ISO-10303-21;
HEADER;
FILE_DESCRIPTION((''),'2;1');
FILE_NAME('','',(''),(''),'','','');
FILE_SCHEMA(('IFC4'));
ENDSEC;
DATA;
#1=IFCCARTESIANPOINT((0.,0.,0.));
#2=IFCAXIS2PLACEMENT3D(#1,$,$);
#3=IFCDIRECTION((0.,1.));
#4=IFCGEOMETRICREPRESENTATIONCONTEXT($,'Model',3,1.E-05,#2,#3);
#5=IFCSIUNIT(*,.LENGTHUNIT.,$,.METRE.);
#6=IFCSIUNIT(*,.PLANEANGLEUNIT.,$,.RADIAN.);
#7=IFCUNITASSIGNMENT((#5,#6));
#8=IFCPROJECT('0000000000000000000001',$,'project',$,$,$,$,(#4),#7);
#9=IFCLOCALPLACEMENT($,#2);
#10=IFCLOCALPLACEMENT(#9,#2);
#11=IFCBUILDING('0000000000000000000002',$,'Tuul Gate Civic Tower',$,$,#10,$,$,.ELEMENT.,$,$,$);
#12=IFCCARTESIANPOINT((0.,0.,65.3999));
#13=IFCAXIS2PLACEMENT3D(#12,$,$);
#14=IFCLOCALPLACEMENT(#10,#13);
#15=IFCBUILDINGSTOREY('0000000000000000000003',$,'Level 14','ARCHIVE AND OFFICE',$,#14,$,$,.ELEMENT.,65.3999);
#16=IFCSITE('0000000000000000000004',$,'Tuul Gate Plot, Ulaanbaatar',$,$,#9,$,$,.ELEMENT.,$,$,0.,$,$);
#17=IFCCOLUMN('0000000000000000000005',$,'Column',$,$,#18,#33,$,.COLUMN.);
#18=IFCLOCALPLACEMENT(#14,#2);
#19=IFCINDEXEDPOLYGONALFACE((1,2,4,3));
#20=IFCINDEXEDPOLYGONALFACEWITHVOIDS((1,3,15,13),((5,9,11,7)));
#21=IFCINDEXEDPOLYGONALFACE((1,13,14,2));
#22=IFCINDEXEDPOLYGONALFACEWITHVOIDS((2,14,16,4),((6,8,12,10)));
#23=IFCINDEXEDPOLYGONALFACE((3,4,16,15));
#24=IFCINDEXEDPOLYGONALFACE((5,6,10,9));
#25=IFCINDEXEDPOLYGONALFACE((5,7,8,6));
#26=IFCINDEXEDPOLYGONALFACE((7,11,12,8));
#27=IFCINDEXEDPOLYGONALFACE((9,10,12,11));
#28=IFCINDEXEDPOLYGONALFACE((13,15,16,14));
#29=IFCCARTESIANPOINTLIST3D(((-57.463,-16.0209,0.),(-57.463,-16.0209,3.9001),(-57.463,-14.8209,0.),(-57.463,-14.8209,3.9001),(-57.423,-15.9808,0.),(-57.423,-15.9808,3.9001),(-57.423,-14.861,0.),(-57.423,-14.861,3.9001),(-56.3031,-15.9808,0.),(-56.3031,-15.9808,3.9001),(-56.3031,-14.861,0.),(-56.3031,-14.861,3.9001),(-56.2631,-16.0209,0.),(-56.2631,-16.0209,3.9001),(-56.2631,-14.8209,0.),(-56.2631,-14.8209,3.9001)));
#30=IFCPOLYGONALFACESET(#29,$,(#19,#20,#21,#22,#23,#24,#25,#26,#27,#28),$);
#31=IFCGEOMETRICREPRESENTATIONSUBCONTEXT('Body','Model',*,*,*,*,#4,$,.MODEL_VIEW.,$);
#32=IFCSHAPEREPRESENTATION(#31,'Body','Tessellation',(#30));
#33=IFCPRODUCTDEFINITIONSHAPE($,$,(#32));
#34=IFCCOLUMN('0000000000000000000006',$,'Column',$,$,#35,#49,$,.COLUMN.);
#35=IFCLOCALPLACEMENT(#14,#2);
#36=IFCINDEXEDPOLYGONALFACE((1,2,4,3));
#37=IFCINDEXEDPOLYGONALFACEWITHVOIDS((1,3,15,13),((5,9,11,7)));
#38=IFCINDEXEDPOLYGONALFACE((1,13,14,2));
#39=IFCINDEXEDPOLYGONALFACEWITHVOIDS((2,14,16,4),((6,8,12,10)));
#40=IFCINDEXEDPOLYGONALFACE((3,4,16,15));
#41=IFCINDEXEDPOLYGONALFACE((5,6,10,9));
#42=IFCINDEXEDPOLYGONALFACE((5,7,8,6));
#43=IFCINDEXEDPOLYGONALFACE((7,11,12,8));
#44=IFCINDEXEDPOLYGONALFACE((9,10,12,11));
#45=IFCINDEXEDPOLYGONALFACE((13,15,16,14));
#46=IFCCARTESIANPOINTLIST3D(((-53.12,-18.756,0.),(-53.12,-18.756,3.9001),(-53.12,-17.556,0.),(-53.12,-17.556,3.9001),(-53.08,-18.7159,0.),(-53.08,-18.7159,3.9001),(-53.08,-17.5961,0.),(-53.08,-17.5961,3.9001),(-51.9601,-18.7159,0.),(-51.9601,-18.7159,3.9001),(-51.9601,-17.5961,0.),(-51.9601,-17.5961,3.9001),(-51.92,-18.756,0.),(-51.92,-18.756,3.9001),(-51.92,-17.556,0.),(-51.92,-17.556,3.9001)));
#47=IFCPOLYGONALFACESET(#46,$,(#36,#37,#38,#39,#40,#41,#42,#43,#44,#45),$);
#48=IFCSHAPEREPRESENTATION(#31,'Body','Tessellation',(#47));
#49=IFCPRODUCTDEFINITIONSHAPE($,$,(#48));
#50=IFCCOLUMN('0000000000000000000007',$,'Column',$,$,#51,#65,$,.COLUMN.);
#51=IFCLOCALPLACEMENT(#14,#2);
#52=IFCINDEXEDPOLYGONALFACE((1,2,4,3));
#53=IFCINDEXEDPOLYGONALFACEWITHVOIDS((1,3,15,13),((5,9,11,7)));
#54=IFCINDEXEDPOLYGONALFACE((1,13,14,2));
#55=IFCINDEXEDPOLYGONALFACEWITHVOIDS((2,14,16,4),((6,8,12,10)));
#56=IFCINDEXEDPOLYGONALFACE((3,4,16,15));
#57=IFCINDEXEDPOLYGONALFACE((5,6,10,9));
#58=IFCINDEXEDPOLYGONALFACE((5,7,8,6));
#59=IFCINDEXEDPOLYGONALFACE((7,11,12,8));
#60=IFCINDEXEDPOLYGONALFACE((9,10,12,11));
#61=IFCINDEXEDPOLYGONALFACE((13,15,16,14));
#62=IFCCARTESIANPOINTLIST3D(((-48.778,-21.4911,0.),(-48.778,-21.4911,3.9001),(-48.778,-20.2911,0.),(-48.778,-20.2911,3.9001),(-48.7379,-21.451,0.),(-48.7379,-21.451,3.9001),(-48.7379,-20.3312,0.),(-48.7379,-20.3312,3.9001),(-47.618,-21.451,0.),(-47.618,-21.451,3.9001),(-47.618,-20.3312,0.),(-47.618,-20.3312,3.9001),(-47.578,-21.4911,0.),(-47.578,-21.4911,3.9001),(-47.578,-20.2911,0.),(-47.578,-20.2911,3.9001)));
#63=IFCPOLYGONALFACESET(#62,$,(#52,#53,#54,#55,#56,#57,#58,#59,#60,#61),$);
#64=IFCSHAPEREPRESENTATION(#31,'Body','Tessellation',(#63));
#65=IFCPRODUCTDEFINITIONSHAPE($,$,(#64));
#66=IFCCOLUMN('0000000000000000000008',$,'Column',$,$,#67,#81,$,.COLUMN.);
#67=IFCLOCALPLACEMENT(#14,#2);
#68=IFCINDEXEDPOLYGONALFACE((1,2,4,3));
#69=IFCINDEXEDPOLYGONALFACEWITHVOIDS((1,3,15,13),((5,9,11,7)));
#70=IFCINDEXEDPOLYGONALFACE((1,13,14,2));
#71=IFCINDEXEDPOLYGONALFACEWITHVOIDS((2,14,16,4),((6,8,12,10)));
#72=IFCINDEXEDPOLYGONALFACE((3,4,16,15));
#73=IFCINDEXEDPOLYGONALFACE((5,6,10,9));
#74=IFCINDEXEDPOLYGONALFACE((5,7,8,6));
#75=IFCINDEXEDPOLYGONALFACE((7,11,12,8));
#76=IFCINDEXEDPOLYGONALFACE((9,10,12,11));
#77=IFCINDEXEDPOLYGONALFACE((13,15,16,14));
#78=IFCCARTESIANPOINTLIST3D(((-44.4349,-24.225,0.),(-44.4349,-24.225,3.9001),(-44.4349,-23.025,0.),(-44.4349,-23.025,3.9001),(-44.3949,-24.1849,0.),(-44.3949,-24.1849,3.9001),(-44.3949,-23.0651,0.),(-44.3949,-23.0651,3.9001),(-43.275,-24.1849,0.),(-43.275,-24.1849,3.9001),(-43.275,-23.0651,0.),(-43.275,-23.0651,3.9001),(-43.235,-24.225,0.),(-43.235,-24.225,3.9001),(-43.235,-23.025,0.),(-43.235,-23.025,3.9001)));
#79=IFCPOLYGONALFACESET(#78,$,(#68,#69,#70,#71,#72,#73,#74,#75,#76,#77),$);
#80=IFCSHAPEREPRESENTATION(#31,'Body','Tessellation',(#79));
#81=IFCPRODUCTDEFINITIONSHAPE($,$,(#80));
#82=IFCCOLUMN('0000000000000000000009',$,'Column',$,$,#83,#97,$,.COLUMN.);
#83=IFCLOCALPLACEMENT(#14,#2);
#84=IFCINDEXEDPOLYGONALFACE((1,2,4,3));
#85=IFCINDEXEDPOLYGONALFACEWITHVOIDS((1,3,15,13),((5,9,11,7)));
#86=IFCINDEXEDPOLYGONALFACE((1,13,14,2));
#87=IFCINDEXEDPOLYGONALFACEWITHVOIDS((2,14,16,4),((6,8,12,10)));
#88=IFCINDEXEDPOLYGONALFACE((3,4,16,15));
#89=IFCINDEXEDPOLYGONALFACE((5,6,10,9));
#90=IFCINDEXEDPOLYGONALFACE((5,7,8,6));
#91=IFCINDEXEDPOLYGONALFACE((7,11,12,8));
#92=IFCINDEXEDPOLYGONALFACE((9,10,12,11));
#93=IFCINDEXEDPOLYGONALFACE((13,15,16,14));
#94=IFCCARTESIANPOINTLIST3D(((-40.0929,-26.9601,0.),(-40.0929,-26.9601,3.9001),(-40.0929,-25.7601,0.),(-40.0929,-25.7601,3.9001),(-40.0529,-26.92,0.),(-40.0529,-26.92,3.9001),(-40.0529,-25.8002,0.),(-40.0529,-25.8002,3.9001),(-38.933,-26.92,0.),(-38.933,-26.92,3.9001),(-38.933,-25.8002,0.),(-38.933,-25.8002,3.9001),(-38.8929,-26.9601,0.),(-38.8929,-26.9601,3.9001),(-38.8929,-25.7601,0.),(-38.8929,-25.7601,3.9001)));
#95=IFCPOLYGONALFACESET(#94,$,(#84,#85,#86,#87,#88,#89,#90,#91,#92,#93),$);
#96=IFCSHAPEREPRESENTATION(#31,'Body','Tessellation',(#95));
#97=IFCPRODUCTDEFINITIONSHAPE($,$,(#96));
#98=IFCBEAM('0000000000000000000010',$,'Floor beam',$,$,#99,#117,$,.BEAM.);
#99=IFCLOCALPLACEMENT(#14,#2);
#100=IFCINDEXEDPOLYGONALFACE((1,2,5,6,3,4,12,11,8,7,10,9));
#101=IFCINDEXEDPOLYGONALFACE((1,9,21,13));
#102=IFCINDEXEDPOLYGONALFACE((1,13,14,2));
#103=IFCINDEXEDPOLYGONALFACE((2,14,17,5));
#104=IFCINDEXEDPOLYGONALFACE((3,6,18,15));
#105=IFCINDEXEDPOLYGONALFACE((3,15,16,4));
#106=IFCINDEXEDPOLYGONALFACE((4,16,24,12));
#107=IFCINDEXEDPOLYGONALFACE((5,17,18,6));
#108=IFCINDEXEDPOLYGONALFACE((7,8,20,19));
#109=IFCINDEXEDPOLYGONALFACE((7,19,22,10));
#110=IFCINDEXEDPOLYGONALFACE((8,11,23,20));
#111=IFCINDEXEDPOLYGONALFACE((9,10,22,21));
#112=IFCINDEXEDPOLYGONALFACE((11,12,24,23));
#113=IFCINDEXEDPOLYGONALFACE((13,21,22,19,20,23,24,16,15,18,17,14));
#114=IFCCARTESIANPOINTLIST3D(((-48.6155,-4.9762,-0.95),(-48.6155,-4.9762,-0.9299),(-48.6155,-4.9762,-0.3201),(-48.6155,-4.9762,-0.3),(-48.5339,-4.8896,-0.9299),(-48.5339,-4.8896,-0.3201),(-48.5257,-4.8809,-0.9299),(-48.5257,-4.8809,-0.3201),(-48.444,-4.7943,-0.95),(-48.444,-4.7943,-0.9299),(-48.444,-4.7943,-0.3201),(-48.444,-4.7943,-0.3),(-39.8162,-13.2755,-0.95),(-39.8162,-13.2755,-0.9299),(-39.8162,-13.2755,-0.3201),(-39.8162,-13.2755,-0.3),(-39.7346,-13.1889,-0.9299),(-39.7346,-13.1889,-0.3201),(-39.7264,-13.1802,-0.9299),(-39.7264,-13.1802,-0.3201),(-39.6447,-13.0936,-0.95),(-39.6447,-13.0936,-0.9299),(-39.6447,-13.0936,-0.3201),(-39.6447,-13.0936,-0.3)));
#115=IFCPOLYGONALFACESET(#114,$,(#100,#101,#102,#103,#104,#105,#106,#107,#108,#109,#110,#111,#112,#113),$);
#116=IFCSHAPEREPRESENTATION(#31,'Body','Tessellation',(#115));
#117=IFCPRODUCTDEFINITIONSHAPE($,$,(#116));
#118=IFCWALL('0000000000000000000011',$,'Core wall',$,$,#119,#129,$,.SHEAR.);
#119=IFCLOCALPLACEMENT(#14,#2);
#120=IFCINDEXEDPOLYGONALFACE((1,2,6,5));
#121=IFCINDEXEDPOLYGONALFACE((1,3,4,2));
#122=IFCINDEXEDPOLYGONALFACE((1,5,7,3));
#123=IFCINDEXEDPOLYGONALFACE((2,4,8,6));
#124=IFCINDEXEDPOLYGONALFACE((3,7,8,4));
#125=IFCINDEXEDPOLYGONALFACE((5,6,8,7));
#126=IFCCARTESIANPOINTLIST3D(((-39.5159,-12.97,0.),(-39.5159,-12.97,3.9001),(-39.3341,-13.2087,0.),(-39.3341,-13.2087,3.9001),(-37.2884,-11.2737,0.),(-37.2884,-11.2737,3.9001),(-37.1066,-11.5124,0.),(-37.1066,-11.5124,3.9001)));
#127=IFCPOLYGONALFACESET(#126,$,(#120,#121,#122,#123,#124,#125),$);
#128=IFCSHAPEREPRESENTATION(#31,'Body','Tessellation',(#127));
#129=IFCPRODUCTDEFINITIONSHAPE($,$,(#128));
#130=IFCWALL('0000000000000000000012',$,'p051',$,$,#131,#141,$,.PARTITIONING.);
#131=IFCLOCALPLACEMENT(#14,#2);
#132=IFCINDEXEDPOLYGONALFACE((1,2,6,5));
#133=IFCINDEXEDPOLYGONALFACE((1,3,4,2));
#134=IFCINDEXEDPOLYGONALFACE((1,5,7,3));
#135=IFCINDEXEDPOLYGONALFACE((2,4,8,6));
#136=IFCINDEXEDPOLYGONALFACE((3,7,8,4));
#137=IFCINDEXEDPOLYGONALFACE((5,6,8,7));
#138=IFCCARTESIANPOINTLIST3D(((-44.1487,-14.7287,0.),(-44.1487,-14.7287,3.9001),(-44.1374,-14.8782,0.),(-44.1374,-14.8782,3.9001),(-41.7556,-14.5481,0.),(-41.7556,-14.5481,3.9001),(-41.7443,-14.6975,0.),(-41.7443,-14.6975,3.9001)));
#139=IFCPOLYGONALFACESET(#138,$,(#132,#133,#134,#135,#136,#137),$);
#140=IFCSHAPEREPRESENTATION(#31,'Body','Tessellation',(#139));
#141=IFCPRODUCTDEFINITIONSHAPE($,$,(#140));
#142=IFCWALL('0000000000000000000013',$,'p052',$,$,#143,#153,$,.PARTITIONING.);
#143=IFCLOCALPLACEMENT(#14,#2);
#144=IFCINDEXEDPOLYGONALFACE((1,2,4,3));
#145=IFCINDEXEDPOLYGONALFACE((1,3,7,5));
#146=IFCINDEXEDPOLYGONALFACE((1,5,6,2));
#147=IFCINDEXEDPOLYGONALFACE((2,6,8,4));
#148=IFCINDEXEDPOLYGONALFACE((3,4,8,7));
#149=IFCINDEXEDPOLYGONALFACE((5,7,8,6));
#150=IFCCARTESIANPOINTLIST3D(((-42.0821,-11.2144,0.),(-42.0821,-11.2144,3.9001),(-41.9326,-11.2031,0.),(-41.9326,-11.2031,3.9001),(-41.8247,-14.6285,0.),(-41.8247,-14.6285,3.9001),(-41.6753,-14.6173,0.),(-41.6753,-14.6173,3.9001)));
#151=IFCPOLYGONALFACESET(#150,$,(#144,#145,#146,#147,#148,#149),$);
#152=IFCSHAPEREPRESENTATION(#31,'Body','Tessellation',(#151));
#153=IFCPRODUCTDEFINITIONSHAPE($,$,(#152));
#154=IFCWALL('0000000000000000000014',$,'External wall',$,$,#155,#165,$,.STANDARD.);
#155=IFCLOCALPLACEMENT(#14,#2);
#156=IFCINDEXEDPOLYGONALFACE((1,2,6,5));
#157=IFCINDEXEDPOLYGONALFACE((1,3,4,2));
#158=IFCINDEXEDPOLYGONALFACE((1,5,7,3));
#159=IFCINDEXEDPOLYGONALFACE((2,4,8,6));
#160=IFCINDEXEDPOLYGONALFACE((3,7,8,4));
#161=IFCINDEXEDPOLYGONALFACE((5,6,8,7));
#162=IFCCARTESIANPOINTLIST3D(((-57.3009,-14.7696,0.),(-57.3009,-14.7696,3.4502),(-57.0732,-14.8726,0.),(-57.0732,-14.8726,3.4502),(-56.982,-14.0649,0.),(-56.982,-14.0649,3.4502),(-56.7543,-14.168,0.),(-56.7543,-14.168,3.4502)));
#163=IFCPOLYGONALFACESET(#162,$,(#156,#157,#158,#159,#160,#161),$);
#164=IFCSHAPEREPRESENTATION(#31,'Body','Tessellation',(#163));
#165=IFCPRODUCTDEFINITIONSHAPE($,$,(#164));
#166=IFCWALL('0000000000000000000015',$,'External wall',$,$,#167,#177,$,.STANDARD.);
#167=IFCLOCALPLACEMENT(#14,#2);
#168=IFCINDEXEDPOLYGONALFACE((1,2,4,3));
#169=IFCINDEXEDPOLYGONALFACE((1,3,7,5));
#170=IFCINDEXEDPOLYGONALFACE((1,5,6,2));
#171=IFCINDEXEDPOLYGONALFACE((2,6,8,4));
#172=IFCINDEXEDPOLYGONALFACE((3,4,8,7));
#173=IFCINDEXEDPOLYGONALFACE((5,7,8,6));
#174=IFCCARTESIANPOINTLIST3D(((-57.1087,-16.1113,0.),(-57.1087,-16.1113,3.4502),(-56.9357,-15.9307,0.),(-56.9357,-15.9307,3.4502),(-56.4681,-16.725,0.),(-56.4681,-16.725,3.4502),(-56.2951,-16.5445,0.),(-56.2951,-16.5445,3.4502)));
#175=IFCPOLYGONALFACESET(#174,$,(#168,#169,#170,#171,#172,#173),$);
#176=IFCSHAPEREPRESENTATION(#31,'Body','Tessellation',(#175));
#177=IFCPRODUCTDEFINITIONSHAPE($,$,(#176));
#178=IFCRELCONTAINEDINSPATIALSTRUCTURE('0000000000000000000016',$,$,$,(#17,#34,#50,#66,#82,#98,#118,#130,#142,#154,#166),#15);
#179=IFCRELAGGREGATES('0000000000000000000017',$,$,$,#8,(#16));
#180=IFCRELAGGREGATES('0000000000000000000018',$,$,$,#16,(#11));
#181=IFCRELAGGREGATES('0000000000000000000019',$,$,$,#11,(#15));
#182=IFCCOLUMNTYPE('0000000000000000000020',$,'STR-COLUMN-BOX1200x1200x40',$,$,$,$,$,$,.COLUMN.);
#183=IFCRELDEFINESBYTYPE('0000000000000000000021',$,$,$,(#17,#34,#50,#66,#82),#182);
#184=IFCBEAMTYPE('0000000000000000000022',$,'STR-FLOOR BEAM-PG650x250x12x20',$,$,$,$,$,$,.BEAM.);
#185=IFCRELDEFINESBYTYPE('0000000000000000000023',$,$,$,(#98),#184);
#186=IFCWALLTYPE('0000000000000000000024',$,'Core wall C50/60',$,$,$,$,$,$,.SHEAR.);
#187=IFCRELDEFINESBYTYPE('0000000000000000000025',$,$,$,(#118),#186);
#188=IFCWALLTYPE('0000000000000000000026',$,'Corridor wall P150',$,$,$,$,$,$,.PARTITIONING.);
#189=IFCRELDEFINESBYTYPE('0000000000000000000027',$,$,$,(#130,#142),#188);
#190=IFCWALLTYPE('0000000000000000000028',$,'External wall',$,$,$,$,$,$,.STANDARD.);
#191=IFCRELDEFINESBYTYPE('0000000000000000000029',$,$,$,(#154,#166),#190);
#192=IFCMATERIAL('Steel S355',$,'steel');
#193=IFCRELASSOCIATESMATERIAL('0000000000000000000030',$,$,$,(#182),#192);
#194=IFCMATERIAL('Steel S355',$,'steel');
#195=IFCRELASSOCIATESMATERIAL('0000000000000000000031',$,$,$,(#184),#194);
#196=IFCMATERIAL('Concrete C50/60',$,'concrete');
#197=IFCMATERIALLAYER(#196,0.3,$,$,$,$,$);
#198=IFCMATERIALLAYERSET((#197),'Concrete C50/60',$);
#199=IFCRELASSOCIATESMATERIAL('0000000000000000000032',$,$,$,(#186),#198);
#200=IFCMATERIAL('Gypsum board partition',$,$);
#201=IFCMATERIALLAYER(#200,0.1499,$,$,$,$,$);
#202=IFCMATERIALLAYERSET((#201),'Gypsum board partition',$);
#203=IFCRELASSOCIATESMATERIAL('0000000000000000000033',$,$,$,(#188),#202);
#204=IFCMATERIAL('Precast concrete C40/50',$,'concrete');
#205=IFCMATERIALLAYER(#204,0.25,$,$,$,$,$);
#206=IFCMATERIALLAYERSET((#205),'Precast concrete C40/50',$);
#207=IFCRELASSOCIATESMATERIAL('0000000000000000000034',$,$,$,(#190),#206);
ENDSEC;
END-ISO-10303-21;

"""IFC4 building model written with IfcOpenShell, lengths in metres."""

from ifc_helpers import new_model, si_unit, direction, frame, frame_2d, origin, origin_2d, place, context, subcontext, project, spatial, rectangle, hollow_rectangle, i_section, extrude, material, layer, layer_set, material_profile, profile_set, type_object, element, save


model = new_model("IFC4")

# Units and contexts
model_context = context("Model", 3, precision=1e-05, world=origin(), true_north=direction((0.0, 1.0)))
body_context = subcontext(model_context, "Body", "Model", "MODEL_VIEW")
ifc_project = project(units=[si_unit("LENGTHUNIT", "METRE"), si_unit("PLANEANGLEUNIT", "RADIAN")], contexts=[model_context])

# Site, building, storey
site_placement = place(None, origin())
site = spatial("IfcSite", under=ifc_project, at=site_placement, Name="Tuul Gate Plot, Ulaanbaatar", CompositionType="ELEMENT", RefElevation=0.0)
building_placement = place(site_placement, origin())
building = spatial("IfcBuilding", under=site, at=building_placement, Name="Tuul Gate Civic Tower", CompositionType="ELEMENT")
storey_placement = place(building_placement, frame((0.0, 0.0, 65.3999)))
storey = spatial("IfcBuildingStorey", under=building, at=storey_placement, Name="Level 14", Description="ARCHIVE AND OFFICE", CompositionType="ELEMENT", Elevation=65.3999)

# Columns
ifc_material_1 = material(Name="Steel S355", Category="steel")
ifc_material_profile_1 = material_profile(ifc_material_1, hollow_rectangle(XDim=1.2, YDim=1.2, WallThickness=0.04, at=origin_2d()), Name="BOX1200x1200x40")
ifc_profile_set_1 = profile_set([ifc_material_profile_1], Name="Steel S355")
column_type = type_object("IfcColumnType", Name="STR-COLUMN-BOX1200x1200x40", PredefinedType="COLUMN", material=ifc_profile_set_1)
for number, where, z_axis, x_axis, name in (
    (1, (-56.863, -15.4209, 0.0), (0.0, 0.0, 1.0), (1.0, 0.0, 0.0), "Column"),
    (2, (-52.52, -18.156, 0.0), (0.0, 0.0, 1.0), (1.0, 0.0, 0.0), "Column"),
    (3, (-48.178, -20.8911, 0.0), (0.0, 0.0, 1.0), (1.0, 0.0, 0.0), "Column"),
    (4, (-43.835, -23.625, 0.0), (0.0, 0.0, 1.0), (1.0, 0.0, 0.0), "Column"),
    (5, (-39.4929, -26.3601, 0.0), (0.0, 0.0, 1.0), (1.0, 0.0, 0.0), "Column"),
):
    element("IfcColumn", number, at=place(storey_placement, frame(where, z_axis=z_axis, x_axis=x_axis)), inside=storey, type_object=column_type, Name=name, PredefinedType="COLUMN", context=body_context, shape_type="SweptSolid", body=[
        extrude(hollow_rectangle(XDim=1.2, YDim=1.2, WallThickness=0.04, at=origin_2d()), origin(), (0.0, 0.0, 1.0), 3.9001),
    ])

# Beam
ifc_material_2 = material(Name="Steel S355", Category="steel")
ifc_material_profile_2 = material_profile(ifc_material_2, i_section(OverallWidth=0.25, OverallDepth=0.6499, WebThickness=0.012, FlangeThickness=0.02, at=origin_2d()), Name="PG650x250x12x20")
ifc_profile_set_2 = profile_set([ifc_material_profile_2], Name="Steel S355")
beam_type = type_object("IfcBeamType", Name="STR-FLOOR BEAM-PG650x250x12x20", PredefinedType="BEAM", material=ifc_profile_set_2)
beam_placement = place(storey_placement, frame((-39.7305, -13.1846, -0.625), z_axis=(-0.727473, 0.686136, 0.0), x_axis=(-0.686136, -0.727473, 0.0)))
element("IfcBeam", 6, at=beam_placement, inside=storey, type_object=beam_type, Name="Floor beam", PredefinedType="BEAM", context=body_context, shape_type="SweptSolid", body=[
    extrude(i_section(OverallWidth=0.25, OverallDepth=0.6499, WebThickness=0.012, FlangeThickness=0.02, at=origin_2d()), origin(), (0.0, 0.0, 1.0), 12.0957),
])

# Walls
ifc_material_3 = material(Name="Concrete C50/60", Category="concrete")
ifc_layer_1 = layer(ifc_material_3, 0.3)
ifc_layer_set_1 = layer_set([ifc_layer_1], Name="Concrete C50/60")
wall_type_1 = type_object("IfcWallType", Name="Core wall C50/60", PredefinedType="SHEAR", material=ifc_layer_set_1)
wall_1_placement = place(storey_placement, frame((-37.1975, -11.3931, 0.0), z_axis=(0.0, 0.0, 1.0), x_axis=(-0.795584, -0.605844, 0.0)))
element("IfcWall", 7, at=wall_1_placement, inside=storey, type_object=wall_type_1, Name="Core wall", PredefinedType="SHEAR", context=body_context, shape_type="SweptSolid", body=[
    extrude(rectangle(XDim=2.7998, YDim=0.3, at=frame_2d((1.3999, 0.0))), origin(), (0.0, 0.0, 1.0), 3.9001),
])
ifc_material_4 = material(Name="Gypsum board partition")
ifc_layer_2 = layer(ifc_material_4, 0.1499)
ifc_layer_set_2 = layer_set([ifc_layer_2], Name="Gypsum board partition")
wall_type_2 = type_object("IfcWallType", Name="Corridor wall P150", PredefinedType="PARTITIONING", material=ifc_layer_set_2)
wall_2_placement = place(storey_placement, frame((-44.1431, -14.8035, 0.0), z_axis=(0.0, 0.0, 1.0), x_axis=(0.997162, 0.075281, 0.0)))
element("IfcWall", 8, at=wall_2_placement, inside=storey, type_object=wall_type_2, Name="p051", PredefinedType="PARTITIONING", context=body_context, shape_type="SweptSolid", body=[
    extrude(rectangle(XDim=2.3999, YDim=0.1499, at=frame_2d((1.2, 0.0))), origin(), (0.0, 0.0, 1.0), 3.9001),
])
wall_3_placement = place(storey_placement, frame((-42.0073, -11.2087, 0.0), z_axis=(0.0, 0.0, 1.0), x_axis=(0.075159, -0.997172, 0.0)))
element("IfcWall", 9, at=wall_3_placement, inside=storey, type_object=wall_type_2, Name="p052", PredefinedType="PARTITIONING", context=body_context, shape_type="SweptSolid", body=[
    extrude(rectangle(XDim=3.4238, YDim=0.1499, at=frame_2d((1.7119, 0.0))), origin(), (0.0, 0.0, 1.0), 3.9001),
])
ifc_material_5 = material(Name="Precast concrete C40/50", Category="concrete")
ifc_layer_3 = layer(ifc_material_5, 0.25)
ifc_layer_set_3 = layer_set([ifc_layer_3], Name="Precast concrete C40/50")
wall_type_3 = type_object("IfcWallType", Name="External wall", PredefinedType="STANDARD", material=ifc_layer_set_3)
wall_4_placement = place(storey_placement, frame((-56.8682, -14.1165, 0.0), z_axis=(0.0, 0.0, 1.0), x_axis=(-0.41228, -0.911057, 0.0)))
element("IfcWall", 10, at=wall_4_placement, inside=storey, type_object=wall_type_3, Name="External wall", PredefinedType="STANDARD", context=body_context, shape_type="SweptSolid", body=[
    extrude(rectangle(XDim=0.7734, YDim=0.25, at=frame_2d((0.3867, 0.0))), origin(), (0.0, 0.0, 1.0), 3.4502),
])
wall_5_placement = place(storey_placement, frame((-57.0222, -16.021, 0.0), z_axis=(0.0, 0.0, 1.0), x_axis=(0.72208, -0.69181, 0.0)))
element("IfcWall", 11, at=wall_5_placement, inside=storey, type_object=wall_type_3, Name="External wall", PredefinedType="STANDARD", context=body_context, shape_type="SweptSolid", body=[
    extrude(rectangle(XDim=0.8872, YDim=0.25, at=frame_2d((0.4436, 0.0))), origin(), (0.0, 0.0, 1.0), 3.4502),
])

save(model, "model.ifc")
